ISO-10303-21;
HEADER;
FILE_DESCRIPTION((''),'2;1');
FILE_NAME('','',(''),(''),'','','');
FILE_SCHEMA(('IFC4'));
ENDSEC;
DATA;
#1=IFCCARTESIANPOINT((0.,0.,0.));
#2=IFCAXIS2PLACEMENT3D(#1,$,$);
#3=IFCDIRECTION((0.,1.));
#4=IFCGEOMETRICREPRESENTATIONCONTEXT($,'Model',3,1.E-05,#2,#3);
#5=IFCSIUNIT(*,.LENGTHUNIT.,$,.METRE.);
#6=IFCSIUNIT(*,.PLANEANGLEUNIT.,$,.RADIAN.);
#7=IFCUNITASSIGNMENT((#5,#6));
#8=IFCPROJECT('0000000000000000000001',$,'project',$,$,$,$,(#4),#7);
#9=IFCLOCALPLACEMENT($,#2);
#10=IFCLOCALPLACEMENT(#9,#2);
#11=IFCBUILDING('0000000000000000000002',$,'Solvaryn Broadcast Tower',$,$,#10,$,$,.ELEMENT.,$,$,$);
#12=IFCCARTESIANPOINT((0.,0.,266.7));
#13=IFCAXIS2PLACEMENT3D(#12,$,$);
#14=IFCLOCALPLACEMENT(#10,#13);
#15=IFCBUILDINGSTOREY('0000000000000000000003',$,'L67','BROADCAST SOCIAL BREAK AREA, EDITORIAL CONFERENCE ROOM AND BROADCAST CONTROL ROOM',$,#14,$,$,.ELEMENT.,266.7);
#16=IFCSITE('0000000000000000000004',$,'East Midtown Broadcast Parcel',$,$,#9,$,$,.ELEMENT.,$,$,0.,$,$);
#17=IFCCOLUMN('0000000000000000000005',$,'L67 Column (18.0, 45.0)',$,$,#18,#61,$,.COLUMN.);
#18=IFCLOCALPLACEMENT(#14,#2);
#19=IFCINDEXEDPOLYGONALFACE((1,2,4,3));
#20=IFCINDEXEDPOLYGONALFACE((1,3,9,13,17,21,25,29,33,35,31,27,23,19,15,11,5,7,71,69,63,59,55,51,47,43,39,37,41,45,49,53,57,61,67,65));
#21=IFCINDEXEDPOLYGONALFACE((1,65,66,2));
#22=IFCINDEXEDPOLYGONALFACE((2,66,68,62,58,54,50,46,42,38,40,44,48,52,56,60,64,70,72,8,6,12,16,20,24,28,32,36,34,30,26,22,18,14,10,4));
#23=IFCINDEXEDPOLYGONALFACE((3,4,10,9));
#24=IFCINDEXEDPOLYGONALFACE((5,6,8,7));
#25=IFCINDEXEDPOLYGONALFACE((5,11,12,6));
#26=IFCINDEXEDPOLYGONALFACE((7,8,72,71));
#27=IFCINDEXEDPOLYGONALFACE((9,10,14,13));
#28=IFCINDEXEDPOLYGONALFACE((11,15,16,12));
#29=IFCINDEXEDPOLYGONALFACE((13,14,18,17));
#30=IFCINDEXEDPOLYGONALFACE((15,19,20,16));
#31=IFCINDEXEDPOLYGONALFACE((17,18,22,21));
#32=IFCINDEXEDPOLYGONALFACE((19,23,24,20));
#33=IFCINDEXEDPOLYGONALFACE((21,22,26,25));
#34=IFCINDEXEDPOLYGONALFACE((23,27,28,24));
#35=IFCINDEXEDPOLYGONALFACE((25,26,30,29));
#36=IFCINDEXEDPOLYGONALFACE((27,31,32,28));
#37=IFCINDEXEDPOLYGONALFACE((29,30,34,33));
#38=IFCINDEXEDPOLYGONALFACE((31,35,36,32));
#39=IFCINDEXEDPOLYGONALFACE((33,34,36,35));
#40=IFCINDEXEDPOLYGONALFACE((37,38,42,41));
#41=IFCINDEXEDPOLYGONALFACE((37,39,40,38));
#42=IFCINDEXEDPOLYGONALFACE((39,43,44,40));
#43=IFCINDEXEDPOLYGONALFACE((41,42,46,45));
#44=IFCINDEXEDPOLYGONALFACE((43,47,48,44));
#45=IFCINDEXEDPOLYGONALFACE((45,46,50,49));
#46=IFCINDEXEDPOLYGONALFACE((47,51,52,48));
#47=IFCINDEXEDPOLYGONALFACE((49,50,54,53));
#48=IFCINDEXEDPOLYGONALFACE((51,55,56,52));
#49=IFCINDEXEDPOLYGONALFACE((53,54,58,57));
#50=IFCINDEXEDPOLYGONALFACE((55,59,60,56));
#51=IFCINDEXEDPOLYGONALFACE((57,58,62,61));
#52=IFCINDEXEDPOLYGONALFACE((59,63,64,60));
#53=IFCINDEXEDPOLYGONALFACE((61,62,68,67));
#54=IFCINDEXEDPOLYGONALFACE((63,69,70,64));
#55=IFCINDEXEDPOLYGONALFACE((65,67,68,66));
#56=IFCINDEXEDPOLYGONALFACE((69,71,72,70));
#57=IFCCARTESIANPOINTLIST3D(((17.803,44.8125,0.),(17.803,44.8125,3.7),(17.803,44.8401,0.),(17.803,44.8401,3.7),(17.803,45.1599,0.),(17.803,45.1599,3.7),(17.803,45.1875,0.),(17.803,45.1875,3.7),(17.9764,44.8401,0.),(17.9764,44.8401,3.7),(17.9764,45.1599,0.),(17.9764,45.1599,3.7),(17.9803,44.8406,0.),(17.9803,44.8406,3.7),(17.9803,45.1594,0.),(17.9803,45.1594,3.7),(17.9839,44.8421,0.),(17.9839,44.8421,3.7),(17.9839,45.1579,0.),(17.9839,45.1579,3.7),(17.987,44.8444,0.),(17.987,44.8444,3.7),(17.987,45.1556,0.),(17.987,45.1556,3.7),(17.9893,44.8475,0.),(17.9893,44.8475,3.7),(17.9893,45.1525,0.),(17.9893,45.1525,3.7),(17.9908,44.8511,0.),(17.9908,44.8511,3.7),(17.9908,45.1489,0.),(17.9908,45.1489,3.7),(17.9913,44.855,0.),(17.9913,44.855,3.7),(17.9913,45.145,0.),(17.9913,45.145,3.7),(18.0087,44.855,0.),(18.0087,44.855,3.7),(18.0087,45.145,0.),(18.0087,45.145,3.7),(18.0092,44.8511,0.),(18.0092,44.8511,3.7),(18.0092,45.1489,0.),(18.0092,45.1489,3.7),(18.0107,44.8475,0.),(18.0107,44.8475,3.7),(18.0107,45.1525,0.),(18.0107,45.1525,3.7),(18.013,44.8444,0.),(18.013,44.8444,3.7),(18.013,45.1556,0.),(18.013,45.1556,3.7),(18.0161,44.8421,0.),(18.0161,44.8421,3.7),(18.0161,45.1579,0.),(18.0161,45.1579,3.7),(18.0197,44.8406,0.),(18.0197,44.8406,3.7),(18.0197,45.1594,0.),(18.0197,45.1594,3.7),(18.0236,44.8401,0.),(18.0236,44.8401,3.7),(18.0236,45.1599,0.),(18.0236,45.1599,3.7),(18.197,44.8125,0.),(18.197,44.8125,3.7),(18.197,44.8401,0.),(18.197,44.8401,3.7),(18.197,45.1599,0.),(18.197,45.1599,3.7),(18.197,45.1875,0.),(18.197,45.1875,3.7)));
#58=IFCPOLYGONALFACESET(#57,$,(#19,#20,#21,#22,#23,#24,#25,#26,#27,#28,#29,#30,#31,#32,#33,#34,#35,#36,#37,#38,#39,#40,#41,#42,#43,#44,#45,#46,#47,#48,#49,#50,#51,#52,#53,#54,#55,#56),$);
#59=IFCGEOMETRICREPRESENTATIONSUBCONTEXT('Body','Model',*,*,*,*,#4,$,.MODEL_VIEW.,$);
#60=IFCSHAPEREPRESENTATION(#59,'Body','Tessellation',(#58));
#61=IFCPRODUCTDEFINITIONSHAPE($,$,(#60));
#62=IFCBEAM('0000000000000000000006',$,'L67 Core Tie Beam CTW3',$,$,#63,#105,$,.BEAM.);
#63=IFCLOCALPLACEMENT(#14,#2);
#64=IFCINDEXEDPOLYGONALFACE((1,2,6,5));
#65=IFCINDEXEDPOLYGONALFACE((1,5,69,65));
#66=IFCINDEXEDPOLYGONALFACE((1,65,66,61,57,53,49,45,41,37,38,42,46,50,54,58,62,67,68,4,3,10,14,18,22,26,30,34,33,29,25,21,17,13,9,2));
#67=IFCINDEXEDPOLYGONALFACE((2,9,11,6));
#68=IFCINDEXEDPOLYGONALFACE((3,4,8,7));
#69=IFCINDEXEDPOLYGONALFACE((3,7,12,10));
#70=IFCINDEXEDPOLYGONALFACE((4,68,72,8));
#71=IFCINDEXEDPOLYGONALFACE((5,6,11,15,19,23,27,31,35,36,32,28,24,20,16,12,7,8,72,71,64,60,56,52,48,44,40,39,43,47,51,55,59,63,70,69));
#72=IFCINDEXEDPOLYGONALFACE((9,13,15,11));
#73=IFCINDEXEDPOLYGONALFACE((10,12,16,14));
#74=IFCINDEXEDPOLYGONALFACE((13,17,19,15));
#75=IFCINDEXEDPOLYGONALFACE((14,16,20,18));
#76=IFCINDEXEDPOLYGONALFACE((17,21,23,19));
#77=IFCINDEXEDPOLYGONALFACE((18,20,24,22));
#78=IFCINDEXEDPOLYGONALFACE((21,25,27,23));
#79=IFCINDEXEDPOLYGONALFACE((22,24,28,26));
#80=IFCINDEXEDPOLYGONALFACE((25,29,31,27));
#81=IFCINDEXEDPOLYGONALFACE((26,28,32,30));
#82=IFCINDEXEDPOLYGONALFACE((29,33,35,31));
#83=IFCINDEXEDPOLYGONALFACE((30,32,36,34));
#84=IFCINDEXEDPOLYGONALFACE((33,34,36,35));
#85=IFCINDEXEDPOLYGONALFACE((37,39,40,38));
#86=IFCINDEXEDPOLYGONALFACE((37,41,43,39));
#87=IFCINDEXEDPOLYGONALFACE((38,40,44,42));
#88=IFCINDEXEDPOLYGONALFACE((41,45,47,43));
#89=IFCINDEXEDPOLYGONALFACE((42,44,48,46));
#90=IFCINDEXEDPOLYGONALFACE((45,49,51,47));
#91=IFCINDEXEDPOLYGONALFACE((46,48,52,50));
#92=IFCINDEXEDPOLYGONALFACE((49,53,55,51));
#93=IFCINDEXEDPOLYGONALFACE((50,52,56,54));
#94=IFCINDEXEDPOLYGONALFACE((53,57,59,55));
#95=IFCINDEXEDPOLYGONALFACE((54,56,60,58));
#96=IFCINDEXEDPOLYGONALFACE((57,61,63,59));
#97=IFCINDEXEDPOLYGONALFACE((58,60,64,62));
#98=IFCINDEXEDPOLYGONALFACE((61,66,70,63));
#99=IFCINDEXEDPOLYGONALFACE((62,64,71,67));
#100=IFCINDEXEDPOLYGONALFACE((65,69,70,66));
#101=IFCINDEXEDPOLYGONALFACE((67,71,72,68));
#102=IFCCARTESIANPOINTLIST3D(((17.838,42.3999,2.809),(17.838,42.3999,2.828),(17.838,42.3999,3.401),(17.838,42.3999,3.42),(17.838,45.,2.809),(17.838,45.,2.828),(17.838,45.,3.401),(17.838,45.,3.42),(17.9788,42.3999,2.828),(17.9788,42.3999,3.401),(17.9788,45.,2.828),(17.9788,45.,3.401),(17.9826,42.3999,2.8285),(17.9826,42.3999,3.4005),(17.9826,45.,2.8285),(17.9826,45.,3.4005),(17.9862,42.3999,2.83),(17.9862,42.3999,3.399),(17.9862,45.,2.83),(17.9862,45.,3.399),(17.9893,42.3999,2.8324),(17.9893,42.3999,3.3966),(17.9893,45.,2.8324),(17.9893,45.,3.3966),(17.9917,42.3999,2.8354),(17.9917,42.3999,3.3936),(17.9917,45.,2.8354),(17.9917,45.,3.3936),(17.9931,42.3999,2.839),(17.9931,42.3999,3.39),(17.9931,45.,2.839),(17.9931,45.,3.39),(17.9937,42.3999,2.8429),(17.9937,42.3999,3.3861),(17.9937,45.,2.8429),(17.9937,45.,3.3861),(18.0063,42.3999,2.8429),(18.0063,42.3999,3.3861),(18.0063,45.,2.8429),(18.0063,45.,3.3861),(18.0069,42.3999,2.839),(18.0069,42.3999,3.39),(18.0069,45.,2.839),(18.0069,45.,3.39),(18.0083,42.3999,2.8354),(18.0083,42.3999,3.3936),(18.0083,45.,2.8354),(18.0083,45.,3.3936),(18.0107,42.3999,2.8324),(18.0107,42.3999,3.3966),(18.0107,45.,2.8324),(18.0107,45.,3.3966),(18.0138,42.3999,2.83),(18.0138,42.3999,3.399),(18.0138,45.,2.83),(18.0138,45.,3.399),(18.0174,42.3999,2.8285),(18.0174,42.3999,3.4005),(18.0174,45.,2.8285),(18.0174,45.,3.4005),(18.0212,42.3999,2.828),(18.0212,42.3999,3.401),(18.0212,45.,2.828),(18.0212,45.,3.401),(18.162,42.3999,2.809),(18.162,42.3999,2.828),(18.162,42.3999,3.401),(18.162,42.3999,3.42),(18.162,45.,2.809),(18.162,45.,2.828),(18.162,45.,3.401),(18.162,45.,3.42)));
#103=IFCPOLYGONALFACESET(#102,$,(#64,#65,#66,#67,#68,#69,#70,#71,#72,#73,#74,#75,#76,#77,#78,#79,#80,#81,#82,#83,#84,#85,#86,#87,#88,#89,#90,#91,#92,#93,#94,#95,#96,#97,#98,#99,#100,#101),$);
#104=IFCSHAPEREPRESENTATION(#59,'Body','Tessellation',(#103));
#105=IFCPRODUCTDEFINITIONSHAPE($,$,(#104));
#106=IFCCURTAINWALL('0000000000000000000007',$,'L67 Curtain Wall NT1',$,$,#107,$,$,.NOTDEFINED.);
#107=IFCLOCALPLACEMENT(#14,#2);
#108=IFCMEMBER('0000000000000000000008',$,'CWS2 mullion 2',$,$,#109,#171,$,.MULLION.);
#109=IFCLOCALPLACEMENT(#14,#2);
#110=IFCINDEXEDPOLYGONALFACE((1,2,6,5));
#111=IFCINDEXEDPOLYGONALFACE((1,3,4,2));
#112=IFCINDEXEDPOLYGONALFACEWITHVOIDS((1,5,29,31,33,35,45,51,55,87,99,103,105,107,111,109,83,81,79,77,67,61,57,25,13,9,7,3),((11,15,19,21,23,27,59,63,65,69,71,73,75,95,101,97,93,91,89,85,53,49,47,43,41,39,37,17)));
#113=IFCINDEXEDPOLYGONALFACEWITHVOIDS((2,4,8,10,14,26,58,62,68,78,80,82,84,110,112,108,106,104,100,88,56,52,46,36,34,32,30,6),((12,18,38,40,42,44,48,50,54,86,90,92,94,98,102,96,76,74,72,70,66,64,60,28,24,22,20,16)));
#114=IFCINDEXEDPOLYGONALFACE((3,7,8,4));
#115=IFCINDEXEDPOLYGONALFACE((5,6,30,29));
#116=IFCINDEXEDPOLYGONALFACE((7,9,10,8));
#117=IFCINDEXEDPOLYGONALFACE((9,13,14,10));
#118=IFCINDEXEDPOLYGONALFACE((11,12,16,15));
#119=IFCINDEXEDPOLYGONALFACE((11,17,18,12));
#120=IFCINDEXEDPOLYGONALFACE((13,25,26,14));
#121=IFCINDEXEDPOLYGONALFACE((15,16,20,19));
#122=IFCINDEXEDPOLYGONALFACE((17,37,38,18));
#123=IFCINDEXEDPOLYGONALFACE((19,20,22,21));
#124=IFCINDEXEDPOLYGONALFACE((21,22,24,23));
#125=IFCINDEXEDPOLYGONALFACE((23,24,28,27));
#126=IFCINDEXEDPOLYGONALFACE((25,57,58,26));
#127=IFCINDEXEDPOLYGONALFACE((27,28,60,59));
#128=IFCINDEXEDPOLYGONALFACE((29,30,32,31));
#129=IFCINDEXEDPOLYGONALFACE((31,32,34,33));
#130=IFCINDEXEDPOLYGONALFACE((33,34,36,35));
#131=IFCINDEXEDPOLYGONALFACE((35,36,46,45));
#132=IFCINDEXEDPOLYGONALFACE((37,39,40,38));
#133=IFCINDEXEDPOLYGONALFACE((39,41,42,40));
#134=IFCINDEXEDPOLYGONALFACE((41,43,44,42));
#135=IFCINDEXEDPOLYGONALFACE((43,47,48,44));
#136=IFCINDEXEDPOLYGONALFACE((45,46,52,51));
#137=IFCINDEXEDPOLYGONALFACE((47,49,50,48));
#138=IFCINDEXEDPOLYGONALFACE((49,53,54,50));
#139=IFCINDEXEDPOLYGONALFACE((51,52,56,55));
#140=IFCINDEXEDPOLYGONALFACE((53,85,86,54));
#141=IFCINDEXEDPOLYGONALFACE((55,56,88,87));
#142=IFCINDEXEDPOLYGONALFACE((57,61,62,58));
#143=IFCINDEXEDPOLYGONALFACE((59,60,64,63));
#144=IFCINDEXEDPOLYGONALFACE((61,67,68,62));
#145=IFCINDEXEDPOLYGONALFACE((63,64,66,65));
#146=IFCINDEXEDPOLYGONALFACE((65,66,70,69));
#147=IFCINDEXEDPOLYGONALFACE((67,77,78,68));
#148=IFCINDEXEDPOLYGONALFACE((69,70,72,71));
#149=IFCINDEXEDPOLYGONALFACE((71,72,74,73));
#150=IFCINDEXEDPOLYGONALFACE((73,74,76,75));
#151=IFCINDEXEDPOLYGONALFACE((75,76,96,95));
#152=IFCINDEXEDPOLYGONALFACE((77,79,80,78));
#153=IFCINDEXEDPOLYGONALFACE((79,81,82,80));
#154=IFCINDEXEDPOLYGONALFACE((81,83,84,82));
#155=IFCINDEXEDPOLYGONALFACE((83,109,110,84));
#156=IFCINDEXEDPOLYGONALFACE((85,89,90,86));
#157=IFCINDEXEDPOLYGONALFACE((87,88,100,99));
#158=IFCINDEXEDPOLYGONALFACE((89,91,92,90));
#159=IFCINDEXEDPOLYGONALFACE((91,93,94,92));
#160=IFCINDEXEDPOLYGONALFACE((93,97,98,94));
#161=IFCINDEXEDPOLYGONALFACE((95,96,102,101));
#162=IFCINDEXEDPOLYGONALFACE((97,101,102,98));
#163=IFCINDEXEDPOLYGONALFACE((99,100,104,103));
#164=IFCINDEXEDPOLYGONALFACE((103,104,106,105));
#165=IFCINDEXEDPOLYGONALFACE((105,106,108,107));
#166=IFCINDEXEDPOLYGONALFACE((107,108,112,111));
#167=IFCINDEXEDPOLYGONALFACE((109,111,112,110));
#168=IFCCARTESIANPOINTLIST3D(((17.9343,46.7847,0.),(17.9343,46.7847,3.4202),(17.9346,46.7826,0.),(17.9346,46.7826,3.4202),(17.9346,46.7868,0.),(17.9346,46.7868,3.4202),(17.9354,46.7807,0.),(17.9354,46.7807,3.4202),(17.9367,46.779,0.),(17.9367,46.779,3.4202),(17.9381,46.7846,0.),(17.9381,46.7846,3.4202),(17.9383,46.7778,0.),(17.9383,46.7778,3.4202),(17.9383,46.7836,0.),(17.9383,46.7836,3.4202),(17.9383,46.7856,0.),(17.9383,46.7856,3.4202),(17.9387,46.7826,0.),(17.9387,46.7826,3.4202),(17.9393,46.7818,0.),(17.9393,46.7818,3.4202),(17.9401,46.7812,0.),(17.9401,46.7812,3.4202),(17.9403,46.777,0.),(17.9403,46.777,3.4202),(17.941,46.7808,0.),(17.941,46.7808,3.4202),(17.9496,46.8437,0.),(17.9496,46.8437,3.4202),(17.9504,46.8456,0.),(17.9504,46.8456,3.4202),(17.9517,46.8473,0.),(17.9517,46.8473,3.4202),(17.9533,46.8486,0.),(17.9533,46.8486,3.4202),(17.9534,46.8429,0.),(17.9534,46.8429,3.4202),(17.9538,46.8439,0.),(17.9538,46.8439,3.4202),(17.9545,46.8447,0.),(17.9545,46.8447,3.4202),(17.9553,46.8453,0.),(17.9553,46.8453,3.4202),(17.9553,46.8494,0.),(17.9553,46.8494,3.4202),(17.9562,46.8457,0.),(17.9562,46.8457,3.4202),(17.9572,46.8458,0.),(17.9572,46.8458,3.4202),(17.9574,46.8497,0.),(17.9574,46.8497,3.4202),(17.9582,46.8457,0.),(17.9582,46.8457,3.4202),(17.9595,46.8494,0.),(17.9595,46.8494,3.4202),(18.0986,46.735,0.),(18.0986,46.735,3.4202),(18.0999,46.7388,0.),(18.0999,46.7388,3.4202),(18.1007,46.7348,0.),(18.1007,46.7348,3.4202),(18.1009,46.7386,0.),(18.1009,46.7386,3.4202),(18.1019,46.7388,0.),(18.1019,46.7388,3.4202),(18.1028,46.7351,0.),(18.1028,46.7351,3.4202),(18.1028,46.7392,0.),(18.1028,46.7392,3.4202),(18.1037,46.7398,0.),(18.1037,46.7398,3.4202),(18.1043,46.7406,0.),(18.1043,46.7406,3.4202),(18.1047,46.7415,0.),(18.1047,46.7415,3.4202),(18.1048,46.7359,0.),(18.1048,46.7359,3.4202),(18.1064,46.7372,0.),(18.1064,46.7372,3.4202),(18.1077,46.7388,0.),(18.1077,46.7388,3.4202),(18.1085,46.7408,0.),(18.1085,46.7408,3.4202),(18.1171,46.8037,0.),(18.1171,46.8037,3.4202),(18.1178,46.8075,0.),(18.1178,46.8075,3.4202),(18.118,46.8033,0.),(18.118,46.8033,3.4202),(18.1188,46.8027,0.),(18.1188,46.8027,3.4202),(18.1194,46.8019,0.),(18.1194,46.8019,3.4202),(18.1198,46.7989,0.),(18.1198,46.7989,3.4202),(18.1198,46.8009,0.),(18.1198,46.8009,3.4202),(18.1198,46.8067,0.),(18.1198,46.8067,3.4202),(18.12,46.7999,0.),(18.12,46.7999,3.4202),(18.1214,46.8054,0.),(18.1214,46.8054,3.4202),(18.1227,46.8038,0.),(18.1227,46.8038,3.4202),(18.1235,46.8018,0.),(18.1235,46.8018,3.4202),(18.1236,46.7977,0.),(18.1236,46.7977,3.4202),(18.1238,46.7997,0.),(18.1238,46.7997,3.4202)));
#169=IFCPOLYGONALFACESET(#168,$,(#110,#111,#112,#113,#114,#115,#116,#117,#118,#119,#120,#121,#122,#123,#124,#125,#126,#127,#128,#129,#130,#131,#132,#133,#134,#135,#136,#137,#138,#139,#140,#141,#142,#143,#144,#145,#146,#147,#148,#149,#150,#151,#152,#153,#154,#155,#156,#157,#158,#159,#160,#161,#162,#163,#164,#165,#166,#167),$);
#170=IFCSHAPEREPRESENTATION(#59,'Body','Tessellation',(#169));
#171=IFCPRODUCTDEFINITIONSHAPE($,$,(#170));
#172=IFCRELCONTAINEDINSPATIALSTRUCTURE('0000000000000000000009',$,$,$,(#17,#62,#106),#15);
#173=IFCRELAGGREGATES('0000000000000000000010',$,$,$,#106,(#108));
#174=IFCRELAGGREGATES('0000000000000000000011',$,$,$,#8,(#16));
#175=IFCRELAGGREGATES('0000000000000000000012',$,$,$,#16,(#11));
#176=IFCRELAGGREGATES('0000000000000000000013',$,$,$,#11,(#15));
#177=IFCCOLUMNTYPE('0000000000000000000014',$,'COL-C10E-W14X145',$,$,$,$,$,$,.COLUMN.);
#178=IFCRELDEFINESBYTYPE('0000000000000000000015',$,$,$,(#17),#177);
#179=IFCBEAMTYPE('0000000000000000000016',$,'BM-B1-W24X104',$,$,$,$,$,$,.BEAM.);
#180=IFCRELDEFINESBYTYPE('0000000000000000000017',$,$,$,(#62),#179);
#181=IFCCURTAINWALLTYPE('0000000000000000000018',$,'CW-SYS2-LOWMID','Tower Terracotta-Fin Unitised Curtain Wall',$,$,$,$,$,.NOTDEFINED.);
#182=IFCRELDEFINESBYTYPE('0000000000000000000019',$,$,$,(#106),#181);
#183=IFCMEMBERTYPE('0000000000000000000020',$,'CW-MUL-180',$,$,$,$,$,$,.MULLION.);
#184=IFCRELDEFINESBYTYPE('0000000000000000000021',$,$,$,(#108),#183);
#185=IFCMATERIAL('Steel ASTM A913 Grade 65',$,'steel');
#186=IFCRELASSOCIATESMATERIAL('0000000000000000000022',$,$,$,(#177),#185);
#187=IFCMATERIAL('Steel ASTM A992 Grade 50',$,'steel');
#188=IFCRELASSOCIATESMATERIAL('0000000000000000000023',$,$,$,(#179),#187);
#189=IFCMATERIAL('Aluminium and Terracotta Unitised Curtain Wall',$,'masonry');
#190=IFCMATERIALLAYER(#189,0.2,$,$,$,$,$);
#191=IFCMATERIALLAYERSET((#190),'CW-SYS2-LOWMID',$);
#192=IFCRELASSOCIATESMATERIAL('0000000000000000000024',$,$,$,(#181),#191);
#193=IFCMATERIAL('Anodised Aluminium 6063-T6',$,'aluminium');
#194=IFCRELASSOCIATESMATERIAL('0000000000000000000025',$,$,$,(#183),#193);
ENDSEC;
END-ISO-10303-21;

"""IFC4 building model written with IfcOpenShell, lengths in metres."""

from ifc_helpers import new_model, si_unit, direction, frame, origin, origin_2d, place, context, subcontext, project, spatial, hollow_rectangle, i_section, extrude, material, layer, layer_set, material_profile, profile_set, type_object, element, aggregate, save


model = new_model("IFC4")

# Units and contexts
model_context = context("Model", 3, precision=1e-05, world=origin(), true_north=direction((0.0, 1.0)))
body_context = subcontext(model_context, "Body", "Model", "MODEL_VIEW")
ifc_project = project(units=[si_unit("LENGTHUNIT", "METRE"), si_unit("PLANEANGLEUNIT", "RADIAN")], contexts=[model_context])

# Site, building, storey
site_placement = place(None, origin())
site = spatial("IfcSite", under=ifc_project, at=site_placement, Name="East Midtown Broadcast Parcel", CompositionType="ELEMENT", RefElevation=0.0)
building_placement = place(site_placement, origin())
building = spatial("IfcBuilding", under=site, at=building_placement, Name="Solvaryn Broadcast Tower", CompositionType="ELEMENT")
storey_placement = place(building_placement, frame((0.0, 0.0, 266.7)))
storey = spatial("IfcBuildingStorey", under=building, at=storey_placement, Name="L67", Description="BROADCAST SOCIAL BREAK AREA, EDITORIAL CONFERENCE ROOM AND BROADCAST CONTROL ROOM", CompositionType="ELEMENT", Elevation=266.7)

# Column
ifc_material_1 = material(Name="Steel ASTM A913 Grade 65", Category="steel")
ifc_material_profile_1 = material_profile(ifc_material_1, i_section(OverallWidth=0.394, OverallDepth=0.375, WebThickness=0.0173, FlangeThickness=0.0276, FilletRadius=0.0149, at=origin_2d()))
ifc_profile_set_1 = profile_set([ifc_material_profile_1], Name="Steel ASTM A913 Grade 65")
column_type = type_object("IfcColumnType", Name="COL-C10E-W14X145", PredefinedType="COLUMN", material=ifc_profile_set_1)
column_placement = place(storey_placement, frame((18.0, 45.0, 0.0), z_axis=(0.0, 0.0, 1.0), x_axis=(1.0, 0.0, 0.0)))
element("IfcColumn", 1, at=column_placement, inside=storey, type_object=column_type, Name="L67 Column (18.0, 45.0)", PredefinedType="COLUMN", context=body_context, shape_type="SweptSolid", body=[
    extrude(i_section(OverallWidth=0.394, OverallDepth=0.375, WebThickness=0.0173, FlangeThickness=0.0276, FilletRadius=0.0149, at=origin_2d()), origin(), (0.0, 0.0, 1.0), 3.7),
])

# Beam
ifc_material_2 = material(Name="Steel ASTM A992 Grade 50", Category="steel")
ifc_material_profile_2 = material_profile(ifc_material_2, i_section(OverallWidth=0.324, OverallDepth=0.6111, WebThickness=0.0127, FlangeThickness=0.019, FilletRadius=0.0149, at=origin_2d()))
ifc_profile_set_2 = profile_set([ifc_material_profile_2], Name="Steel ASTM A992 Grade 50")
beam_type = type_object("IfcBeamType", Name="BM-B1-W24X104", PredefinedType="BEAM", material=ifc_profile_set_2)
beam_placement = place(storey_placement, frame((18.0, 42.3999, 3.1145), z_axis=(0.0, 1.0, 0.0), x_axis=(-1.0, 0.0, 0.0)))
element("IfcBeam", 2, at=beam_placement, inside=storey, type_object=beam_type, Name="L67 Core Tie Beam CTW3", PredefinedType="BEAM", context=body_context, shape_type="SweptSolid", body=[
    extrude(i_section(OverallWidth=0.324, OverallDepth=0.6111, WebThickness=0.0127, FlangeThickness=0.019, FilletRadius=0.0149, at=origin_2d()), origin(), (0.0, 0.0, 1.0), 2.6001),
])

# Curtain wall, member
ifc_material_3 = material(Name="Aluminium and Terracotta Unitised Curtain Wall", Category="masonry")
ifc_layer_1 = layer(ifc_material_3, 0.2)
ifc_layer_set_1 = layer_set([ifc_layer_1], Name="CW-SYS2-LOWMID")
curtain_wall_type = type_object("IfcCurtainWallType", Name="CW-SYS2-LOWMID", Description="Tower Terracotta-Fin Unitised Curtain Wall", PredefinedType="NOTDEFINED", material=ifc_layer_set_1)
curtain_wall_1_placement = place(storey_placement, origin())
curtain_wall_1 = element("IfcCurtainWall", 3, at=curtain_wall_1_placement, inside=storey, type_object=curtain_wall_type, Name="L67 Curtain Wall NT1", PredefinedType="NOTDEFINED")
ifc_material_4 = material(Name="Anodised Aluminium 6063-T6", Category="aluminium")
ifc_material_profile_3 = material_profile(ifc_material_4, hollow_rectangle(XDim=0.075, YDim=0.1799, WallThickness=0.0039, InnerFilletRadius=0.0039, OuterFilletRadius=0.0081, at=origin_2d()))
ifc_profile_set_3 = profile_set([ifc_material_profile_3], Name="Anodised Aluminium 6063-T6")
member_type_1 = type_object("IfcMemberType", Name="CW-MUL-180", PredefinedType="MULLION", material=ifc_profile_set_3)
member_1_placement = place(storey_placement, frame((18.0291, 46.7922, 0.0), z_axis=(0.0, 0.0, 1.0), x_axis=(-0.255893, -0.966705, 0.0)))
member_1 = element("IfcMember", 4, at=member_1_placement, type_object=member_type_1, Name="CWS2 mullion 2", PredefinedType="MULLION", context=body_context, shape_type="SweptSolid", body=[
    extrude(hollow_rectangle(XDim=0.075, YDim=0.1799, WallThickness=0.0039, InnerFilletRadius=0.0039, OuterFilletRadius=0.0081, at=origin_2d()), origin(), (0.0, 0.0, 1.0), 3.4202),
])

aggregate(curtain_wall_1, [member_1])

save(model, "model.ifc")
